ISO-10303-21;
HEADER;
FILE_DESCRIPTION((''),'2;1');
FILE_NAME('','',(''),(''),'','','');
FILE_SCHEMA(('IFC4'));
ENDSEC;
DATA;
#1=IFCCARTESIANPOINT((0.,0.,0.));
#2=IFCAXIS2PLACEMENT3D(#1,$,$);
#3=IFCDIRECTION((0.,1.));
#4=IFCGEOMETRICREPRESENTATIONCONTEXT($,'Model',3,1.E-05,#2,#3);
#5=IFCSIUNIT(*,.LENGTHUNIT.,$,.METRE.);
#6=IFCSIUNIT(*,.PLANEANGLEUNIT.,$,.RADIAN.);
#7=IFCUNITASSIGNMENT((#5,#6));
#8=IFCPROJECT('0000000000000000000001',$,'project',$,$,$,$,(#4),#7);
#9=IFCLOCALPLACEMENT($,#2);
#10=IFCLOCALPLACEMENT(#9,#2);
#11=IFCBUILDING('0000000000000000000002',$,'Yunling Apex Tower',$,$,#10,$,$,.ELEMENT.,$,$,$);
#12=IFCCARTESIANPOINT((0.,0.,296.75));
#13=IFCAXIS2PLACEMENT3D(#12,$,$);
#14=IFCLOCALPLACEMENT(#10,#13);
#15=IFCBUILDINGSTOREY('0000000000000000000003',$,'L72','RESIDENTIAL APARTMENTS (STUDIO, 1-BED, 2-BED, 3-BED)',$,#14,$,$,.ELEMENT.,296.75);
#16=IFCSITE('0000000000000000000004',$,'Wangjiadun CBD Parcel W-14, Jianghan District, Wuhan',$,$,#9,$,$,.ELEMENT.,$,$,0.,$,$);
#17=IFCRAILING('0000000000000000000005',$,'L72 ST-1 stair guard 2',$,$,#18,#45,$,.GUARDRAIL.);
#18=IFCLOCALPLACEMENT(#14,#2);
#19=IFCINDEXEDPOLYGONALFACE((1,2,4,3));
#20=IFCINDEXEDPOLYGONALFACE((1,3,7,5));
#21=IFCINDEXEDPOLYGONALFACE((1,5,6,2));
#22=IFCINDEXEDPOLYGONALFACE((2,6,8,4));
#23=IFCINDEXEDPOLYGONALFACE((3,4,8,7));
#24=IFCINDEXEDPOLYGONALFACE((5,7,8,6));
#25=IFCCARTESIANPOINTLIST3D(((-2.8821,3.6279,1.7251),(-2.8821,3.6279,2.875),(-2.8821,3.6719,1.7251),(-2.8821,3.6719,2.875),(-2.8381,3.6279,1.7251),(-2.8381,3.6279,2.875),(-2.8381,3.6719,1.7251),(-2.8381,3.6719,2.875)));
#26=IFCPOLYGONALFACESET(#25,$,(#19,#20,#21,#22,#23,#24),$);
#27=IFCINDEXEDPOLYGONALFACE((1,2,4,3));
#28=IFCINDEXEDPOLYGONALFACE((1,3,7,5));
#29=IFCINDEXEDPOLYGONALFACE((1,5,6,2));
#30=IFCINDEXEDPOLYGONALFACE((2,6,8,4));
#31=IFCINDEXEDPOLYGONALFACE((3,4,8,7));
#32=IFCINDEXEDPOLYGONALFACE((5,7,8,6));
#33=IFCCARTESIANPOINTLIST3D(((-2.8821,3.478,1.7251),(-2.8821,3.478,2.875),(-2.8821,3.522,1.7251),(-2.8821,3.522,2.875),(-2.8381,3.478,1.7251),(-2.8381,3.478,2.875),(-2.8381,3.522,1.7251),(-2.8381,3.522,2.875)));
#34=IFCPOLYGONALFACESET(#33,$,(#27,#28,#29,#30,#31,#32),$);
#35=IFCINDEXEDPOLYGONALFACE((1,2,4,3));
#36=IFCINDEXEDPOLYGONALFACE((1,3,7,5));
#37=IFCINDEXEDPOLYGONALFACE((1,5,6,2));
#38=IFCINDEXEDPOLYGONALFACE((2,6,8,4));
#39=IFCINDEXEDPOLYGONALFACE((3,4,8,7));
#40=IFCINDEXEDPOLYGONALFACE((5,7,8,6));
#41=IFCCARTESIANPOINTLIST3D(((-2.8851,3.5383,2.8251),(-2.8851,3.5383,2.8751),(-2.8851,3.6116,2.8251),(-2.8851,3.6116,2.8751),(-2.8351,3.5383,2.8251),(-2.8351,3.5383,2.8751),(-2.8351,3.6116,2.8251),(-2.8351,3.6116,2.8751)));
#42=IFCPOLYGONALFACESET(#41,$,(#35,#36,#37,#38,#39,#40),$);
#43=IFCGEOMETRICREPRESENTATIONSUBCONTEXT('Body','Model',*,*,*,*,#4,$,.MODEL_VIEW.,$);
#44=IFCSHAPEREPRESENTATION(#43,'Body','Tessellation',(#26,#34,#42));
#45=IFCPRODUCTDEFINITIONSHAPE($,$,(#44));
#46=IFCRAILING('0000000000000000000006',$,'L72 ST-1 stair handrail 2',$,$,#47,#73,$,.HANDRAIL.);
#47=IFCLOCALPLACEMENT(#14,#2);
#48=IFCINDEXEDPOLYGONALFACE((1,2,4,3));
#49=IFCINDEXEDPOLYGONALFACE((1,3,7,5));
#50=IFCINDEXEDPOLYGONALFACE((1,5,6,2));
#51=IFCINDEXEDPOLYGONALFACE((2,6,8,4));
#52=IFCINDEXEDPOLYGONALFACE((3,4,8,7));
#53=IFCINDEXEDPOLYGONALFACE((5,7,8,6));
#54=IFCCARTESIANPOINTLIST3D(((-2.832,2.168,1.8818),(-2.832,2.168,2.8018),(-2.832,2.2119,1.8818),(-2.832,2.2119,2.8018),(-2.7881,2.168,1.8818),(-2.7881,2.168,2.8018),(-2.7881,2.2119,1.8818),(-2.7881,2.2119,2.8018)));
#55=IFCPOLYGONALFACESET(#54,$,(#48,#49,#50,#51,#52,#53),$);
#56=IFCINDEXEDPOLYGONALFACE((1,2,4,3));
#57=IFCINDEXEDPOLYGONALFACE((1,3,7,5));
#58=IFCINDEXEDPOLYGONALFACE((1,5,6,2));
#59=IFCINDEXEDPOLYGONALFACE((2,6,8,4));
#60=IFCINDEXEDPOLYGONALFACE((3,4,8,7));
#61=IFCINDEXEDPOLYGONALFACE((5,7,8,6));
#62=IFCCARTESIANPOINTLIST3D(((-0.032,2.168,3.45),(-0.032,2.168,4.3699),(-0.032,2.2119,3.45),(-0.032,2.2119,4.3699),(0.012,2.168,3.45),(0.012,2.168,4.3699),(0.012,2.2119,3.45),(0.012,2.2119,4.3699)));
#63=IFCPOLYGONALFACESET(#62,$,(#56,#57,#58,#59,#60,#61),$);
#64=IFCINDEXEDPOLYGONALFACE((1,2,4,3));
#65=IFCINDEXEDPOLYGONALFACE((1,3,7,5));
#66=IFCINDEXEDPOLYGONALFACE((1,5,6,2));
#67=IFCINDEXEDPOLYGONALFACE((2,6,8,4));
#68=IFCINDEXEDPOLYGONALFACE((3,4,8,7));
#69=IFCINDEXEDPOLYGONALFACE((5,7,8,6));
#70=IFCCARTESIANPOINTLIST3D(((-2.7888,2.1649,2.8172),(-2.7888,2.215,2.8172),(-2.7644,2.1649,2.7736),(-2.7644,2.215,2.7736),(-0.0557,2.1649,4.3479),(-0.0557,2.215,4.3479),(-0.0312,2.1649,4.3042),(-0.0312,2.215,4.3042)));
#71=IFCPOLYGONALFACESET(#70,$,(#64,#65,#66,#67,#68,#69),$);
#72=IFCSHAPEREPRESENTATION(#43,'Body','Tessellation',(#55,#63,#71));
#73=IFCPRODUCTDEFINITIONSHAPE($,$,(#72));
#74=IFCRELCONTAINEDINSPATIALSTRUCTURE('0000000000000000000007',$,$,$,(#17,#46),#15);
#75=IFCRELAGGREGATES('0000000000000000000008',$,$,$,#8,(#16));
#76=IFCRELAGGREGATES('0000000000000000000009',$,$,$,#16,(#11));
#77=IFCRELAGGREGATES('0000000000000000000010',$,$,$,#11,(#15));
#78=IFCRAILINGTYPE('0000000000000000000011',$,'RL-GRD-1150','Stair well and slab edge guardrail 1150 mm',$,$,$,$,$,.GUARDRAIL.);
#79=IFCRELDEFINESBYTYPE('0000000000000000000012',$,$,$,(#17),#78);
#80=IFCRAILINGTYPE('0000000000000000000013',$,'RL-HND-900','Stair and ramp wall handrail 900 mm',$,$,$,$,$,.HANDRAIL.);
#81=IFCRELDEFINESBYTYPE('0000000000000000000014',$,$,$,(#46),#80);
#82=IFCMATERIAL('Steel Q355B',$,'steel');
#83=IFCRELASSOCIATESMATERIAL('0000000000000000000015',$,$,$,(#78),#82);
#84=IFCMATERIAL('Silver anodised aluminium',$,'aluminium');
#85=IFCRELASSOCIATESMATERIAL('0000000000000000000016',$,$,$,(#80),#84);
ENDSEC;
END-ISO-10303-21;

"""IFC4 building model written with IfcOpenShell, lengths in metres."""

from ifc_helpers import new_model, si_unit, direction, frame, origin, origin_2d, place, context, subcontext, project, spatial, rectangle, extrude, material, type_object, element, save


model = new_model("IFC4")

# Units and contexts
model_context = context("Model", 3, precision=1e-05, world=origin(), true_north=direction((0.0, 1.0)))
body_context = subcontext(model_context, "Body", "Model", "MODEL_VIEW")
ifc_project = project(units=[si_unit("LENGTHUNIT", "METRE"), si_unit("PLANEANGLEUNIT", "RADIAN")], contexts=[model_context])

# Site, building, storey
site_placement = place(None, origin())
site = spatial("IfcSite", under=ifc_project, at=site_placement, Name="Wangjiadun CBD Parcel W-14, Jianghan District, Wuhan", CompositionType="ELEMENT", RefElevation=0.0)
building_placement = place(site_placement, origin())
building = spatial("IfcBuilding", under=site, at=building_placement, Name="Yunling Apex Tower", CompositionType="ELEMENT")
storey_placement = place(building_placement, frame((0.0, 0.0, 296.75)))
storey = spatial("IfcBuildingStorey", under=building, at=storey_placement, Name="L72", Description="RESIDENTIAL APARTMENTS (STUDIO, 1-BED, 2-BED, 3-BED)", CompositionType="ELEMENT", Elevation=296.75)

# Shared definitions
ifc_material_1 = material(Name="Steel Q355B", Category="steel")

# Shared definitions
ifc_material_2 = material(Name="Silver anodised aluminium", Category="aluminium")

# Railings
railing_type_1 = type_object("IfcRailingType", Name="RL-GRD-1150", Description="Stair well and slab edge guardrail 1150 mm", PredefinedType="GUARDRAIL", material=ifc_material_1)
railing_1_placement = place(storey_placement, frame((-2.8601, 3.6499, 1.7251)))
element("IfcRailing", 1, at=railing_1_placement, inside=storey, type_object=railing_type_1, Name="L72 ST-1 stair guard 2", PredefinedType="GUARDRAIL", context=body_context, shape_type="SweptSolid", body=[
    extrude(rectangle(XDim=0.0439, YDim=0.0439, at=origin_2d()), origin(), (0.0, 0.0, 1.0), 1.1499),
    extrude(rectangle(XDim=0.0439, YDim=0.0439, at=origin_2d()), frame((0.0, -0.1499, 0.0)), (0.0, 0.0, 1.0), 1.1499),
    extrude(rectangle(XDim=0.05, YDim=0.05, at=origin_2d()), frame((0.0, -0.0383, 1.125), z_axis=(0.0, -1.0, 0.0), x_axis=(1.0, 0.0, 0.0)), (0.0, 0.0, 1.0), 0.0732),
])
railing_type_2 = type_object("IfcRailingType", Name="RL-HND-900", Description="Stair and ramp wall handrail 900 mm", PredefinedType="HANDRAIL", material=ifc_material_2)
railing_2_placement = place(storey_placement, frame((-2.8101, 2.1899, 1.8818)))
element("IfcRailing", 2, at=railing_2_placement, inside=storey, type_object=railing_type_2, Name="L72 ST-1 stair handrail 2", PredefinedType="HANDRAIL", context=body_context, shape_type="SweptSolid", body=[
    extrude(rectangle(XDim=0.0439, YDim=0.0439, at=origin_2d()), origin(), (0.0, 0.0, 1.0), 0.9199),
    extrude(rectangle(XDim=0.0439, YDim=0.0439, at=origin_2d()), frame((2.8, 0.0, 1.5681)), (0.0, 0.0, 1.0), 0.9199),
    extrude(rectangle(XDim=0.05, YDim=0.05, at=origin_2d()), frame((0.0334, 0.0, 0.9136), z_axis=(0.872494, 0.0, 0.488624), x_axis=(0.0, 1.0, 0.0)), (0.0, 0.0, 1.0), 3.1326),
])

save(model, "model.ifc")
